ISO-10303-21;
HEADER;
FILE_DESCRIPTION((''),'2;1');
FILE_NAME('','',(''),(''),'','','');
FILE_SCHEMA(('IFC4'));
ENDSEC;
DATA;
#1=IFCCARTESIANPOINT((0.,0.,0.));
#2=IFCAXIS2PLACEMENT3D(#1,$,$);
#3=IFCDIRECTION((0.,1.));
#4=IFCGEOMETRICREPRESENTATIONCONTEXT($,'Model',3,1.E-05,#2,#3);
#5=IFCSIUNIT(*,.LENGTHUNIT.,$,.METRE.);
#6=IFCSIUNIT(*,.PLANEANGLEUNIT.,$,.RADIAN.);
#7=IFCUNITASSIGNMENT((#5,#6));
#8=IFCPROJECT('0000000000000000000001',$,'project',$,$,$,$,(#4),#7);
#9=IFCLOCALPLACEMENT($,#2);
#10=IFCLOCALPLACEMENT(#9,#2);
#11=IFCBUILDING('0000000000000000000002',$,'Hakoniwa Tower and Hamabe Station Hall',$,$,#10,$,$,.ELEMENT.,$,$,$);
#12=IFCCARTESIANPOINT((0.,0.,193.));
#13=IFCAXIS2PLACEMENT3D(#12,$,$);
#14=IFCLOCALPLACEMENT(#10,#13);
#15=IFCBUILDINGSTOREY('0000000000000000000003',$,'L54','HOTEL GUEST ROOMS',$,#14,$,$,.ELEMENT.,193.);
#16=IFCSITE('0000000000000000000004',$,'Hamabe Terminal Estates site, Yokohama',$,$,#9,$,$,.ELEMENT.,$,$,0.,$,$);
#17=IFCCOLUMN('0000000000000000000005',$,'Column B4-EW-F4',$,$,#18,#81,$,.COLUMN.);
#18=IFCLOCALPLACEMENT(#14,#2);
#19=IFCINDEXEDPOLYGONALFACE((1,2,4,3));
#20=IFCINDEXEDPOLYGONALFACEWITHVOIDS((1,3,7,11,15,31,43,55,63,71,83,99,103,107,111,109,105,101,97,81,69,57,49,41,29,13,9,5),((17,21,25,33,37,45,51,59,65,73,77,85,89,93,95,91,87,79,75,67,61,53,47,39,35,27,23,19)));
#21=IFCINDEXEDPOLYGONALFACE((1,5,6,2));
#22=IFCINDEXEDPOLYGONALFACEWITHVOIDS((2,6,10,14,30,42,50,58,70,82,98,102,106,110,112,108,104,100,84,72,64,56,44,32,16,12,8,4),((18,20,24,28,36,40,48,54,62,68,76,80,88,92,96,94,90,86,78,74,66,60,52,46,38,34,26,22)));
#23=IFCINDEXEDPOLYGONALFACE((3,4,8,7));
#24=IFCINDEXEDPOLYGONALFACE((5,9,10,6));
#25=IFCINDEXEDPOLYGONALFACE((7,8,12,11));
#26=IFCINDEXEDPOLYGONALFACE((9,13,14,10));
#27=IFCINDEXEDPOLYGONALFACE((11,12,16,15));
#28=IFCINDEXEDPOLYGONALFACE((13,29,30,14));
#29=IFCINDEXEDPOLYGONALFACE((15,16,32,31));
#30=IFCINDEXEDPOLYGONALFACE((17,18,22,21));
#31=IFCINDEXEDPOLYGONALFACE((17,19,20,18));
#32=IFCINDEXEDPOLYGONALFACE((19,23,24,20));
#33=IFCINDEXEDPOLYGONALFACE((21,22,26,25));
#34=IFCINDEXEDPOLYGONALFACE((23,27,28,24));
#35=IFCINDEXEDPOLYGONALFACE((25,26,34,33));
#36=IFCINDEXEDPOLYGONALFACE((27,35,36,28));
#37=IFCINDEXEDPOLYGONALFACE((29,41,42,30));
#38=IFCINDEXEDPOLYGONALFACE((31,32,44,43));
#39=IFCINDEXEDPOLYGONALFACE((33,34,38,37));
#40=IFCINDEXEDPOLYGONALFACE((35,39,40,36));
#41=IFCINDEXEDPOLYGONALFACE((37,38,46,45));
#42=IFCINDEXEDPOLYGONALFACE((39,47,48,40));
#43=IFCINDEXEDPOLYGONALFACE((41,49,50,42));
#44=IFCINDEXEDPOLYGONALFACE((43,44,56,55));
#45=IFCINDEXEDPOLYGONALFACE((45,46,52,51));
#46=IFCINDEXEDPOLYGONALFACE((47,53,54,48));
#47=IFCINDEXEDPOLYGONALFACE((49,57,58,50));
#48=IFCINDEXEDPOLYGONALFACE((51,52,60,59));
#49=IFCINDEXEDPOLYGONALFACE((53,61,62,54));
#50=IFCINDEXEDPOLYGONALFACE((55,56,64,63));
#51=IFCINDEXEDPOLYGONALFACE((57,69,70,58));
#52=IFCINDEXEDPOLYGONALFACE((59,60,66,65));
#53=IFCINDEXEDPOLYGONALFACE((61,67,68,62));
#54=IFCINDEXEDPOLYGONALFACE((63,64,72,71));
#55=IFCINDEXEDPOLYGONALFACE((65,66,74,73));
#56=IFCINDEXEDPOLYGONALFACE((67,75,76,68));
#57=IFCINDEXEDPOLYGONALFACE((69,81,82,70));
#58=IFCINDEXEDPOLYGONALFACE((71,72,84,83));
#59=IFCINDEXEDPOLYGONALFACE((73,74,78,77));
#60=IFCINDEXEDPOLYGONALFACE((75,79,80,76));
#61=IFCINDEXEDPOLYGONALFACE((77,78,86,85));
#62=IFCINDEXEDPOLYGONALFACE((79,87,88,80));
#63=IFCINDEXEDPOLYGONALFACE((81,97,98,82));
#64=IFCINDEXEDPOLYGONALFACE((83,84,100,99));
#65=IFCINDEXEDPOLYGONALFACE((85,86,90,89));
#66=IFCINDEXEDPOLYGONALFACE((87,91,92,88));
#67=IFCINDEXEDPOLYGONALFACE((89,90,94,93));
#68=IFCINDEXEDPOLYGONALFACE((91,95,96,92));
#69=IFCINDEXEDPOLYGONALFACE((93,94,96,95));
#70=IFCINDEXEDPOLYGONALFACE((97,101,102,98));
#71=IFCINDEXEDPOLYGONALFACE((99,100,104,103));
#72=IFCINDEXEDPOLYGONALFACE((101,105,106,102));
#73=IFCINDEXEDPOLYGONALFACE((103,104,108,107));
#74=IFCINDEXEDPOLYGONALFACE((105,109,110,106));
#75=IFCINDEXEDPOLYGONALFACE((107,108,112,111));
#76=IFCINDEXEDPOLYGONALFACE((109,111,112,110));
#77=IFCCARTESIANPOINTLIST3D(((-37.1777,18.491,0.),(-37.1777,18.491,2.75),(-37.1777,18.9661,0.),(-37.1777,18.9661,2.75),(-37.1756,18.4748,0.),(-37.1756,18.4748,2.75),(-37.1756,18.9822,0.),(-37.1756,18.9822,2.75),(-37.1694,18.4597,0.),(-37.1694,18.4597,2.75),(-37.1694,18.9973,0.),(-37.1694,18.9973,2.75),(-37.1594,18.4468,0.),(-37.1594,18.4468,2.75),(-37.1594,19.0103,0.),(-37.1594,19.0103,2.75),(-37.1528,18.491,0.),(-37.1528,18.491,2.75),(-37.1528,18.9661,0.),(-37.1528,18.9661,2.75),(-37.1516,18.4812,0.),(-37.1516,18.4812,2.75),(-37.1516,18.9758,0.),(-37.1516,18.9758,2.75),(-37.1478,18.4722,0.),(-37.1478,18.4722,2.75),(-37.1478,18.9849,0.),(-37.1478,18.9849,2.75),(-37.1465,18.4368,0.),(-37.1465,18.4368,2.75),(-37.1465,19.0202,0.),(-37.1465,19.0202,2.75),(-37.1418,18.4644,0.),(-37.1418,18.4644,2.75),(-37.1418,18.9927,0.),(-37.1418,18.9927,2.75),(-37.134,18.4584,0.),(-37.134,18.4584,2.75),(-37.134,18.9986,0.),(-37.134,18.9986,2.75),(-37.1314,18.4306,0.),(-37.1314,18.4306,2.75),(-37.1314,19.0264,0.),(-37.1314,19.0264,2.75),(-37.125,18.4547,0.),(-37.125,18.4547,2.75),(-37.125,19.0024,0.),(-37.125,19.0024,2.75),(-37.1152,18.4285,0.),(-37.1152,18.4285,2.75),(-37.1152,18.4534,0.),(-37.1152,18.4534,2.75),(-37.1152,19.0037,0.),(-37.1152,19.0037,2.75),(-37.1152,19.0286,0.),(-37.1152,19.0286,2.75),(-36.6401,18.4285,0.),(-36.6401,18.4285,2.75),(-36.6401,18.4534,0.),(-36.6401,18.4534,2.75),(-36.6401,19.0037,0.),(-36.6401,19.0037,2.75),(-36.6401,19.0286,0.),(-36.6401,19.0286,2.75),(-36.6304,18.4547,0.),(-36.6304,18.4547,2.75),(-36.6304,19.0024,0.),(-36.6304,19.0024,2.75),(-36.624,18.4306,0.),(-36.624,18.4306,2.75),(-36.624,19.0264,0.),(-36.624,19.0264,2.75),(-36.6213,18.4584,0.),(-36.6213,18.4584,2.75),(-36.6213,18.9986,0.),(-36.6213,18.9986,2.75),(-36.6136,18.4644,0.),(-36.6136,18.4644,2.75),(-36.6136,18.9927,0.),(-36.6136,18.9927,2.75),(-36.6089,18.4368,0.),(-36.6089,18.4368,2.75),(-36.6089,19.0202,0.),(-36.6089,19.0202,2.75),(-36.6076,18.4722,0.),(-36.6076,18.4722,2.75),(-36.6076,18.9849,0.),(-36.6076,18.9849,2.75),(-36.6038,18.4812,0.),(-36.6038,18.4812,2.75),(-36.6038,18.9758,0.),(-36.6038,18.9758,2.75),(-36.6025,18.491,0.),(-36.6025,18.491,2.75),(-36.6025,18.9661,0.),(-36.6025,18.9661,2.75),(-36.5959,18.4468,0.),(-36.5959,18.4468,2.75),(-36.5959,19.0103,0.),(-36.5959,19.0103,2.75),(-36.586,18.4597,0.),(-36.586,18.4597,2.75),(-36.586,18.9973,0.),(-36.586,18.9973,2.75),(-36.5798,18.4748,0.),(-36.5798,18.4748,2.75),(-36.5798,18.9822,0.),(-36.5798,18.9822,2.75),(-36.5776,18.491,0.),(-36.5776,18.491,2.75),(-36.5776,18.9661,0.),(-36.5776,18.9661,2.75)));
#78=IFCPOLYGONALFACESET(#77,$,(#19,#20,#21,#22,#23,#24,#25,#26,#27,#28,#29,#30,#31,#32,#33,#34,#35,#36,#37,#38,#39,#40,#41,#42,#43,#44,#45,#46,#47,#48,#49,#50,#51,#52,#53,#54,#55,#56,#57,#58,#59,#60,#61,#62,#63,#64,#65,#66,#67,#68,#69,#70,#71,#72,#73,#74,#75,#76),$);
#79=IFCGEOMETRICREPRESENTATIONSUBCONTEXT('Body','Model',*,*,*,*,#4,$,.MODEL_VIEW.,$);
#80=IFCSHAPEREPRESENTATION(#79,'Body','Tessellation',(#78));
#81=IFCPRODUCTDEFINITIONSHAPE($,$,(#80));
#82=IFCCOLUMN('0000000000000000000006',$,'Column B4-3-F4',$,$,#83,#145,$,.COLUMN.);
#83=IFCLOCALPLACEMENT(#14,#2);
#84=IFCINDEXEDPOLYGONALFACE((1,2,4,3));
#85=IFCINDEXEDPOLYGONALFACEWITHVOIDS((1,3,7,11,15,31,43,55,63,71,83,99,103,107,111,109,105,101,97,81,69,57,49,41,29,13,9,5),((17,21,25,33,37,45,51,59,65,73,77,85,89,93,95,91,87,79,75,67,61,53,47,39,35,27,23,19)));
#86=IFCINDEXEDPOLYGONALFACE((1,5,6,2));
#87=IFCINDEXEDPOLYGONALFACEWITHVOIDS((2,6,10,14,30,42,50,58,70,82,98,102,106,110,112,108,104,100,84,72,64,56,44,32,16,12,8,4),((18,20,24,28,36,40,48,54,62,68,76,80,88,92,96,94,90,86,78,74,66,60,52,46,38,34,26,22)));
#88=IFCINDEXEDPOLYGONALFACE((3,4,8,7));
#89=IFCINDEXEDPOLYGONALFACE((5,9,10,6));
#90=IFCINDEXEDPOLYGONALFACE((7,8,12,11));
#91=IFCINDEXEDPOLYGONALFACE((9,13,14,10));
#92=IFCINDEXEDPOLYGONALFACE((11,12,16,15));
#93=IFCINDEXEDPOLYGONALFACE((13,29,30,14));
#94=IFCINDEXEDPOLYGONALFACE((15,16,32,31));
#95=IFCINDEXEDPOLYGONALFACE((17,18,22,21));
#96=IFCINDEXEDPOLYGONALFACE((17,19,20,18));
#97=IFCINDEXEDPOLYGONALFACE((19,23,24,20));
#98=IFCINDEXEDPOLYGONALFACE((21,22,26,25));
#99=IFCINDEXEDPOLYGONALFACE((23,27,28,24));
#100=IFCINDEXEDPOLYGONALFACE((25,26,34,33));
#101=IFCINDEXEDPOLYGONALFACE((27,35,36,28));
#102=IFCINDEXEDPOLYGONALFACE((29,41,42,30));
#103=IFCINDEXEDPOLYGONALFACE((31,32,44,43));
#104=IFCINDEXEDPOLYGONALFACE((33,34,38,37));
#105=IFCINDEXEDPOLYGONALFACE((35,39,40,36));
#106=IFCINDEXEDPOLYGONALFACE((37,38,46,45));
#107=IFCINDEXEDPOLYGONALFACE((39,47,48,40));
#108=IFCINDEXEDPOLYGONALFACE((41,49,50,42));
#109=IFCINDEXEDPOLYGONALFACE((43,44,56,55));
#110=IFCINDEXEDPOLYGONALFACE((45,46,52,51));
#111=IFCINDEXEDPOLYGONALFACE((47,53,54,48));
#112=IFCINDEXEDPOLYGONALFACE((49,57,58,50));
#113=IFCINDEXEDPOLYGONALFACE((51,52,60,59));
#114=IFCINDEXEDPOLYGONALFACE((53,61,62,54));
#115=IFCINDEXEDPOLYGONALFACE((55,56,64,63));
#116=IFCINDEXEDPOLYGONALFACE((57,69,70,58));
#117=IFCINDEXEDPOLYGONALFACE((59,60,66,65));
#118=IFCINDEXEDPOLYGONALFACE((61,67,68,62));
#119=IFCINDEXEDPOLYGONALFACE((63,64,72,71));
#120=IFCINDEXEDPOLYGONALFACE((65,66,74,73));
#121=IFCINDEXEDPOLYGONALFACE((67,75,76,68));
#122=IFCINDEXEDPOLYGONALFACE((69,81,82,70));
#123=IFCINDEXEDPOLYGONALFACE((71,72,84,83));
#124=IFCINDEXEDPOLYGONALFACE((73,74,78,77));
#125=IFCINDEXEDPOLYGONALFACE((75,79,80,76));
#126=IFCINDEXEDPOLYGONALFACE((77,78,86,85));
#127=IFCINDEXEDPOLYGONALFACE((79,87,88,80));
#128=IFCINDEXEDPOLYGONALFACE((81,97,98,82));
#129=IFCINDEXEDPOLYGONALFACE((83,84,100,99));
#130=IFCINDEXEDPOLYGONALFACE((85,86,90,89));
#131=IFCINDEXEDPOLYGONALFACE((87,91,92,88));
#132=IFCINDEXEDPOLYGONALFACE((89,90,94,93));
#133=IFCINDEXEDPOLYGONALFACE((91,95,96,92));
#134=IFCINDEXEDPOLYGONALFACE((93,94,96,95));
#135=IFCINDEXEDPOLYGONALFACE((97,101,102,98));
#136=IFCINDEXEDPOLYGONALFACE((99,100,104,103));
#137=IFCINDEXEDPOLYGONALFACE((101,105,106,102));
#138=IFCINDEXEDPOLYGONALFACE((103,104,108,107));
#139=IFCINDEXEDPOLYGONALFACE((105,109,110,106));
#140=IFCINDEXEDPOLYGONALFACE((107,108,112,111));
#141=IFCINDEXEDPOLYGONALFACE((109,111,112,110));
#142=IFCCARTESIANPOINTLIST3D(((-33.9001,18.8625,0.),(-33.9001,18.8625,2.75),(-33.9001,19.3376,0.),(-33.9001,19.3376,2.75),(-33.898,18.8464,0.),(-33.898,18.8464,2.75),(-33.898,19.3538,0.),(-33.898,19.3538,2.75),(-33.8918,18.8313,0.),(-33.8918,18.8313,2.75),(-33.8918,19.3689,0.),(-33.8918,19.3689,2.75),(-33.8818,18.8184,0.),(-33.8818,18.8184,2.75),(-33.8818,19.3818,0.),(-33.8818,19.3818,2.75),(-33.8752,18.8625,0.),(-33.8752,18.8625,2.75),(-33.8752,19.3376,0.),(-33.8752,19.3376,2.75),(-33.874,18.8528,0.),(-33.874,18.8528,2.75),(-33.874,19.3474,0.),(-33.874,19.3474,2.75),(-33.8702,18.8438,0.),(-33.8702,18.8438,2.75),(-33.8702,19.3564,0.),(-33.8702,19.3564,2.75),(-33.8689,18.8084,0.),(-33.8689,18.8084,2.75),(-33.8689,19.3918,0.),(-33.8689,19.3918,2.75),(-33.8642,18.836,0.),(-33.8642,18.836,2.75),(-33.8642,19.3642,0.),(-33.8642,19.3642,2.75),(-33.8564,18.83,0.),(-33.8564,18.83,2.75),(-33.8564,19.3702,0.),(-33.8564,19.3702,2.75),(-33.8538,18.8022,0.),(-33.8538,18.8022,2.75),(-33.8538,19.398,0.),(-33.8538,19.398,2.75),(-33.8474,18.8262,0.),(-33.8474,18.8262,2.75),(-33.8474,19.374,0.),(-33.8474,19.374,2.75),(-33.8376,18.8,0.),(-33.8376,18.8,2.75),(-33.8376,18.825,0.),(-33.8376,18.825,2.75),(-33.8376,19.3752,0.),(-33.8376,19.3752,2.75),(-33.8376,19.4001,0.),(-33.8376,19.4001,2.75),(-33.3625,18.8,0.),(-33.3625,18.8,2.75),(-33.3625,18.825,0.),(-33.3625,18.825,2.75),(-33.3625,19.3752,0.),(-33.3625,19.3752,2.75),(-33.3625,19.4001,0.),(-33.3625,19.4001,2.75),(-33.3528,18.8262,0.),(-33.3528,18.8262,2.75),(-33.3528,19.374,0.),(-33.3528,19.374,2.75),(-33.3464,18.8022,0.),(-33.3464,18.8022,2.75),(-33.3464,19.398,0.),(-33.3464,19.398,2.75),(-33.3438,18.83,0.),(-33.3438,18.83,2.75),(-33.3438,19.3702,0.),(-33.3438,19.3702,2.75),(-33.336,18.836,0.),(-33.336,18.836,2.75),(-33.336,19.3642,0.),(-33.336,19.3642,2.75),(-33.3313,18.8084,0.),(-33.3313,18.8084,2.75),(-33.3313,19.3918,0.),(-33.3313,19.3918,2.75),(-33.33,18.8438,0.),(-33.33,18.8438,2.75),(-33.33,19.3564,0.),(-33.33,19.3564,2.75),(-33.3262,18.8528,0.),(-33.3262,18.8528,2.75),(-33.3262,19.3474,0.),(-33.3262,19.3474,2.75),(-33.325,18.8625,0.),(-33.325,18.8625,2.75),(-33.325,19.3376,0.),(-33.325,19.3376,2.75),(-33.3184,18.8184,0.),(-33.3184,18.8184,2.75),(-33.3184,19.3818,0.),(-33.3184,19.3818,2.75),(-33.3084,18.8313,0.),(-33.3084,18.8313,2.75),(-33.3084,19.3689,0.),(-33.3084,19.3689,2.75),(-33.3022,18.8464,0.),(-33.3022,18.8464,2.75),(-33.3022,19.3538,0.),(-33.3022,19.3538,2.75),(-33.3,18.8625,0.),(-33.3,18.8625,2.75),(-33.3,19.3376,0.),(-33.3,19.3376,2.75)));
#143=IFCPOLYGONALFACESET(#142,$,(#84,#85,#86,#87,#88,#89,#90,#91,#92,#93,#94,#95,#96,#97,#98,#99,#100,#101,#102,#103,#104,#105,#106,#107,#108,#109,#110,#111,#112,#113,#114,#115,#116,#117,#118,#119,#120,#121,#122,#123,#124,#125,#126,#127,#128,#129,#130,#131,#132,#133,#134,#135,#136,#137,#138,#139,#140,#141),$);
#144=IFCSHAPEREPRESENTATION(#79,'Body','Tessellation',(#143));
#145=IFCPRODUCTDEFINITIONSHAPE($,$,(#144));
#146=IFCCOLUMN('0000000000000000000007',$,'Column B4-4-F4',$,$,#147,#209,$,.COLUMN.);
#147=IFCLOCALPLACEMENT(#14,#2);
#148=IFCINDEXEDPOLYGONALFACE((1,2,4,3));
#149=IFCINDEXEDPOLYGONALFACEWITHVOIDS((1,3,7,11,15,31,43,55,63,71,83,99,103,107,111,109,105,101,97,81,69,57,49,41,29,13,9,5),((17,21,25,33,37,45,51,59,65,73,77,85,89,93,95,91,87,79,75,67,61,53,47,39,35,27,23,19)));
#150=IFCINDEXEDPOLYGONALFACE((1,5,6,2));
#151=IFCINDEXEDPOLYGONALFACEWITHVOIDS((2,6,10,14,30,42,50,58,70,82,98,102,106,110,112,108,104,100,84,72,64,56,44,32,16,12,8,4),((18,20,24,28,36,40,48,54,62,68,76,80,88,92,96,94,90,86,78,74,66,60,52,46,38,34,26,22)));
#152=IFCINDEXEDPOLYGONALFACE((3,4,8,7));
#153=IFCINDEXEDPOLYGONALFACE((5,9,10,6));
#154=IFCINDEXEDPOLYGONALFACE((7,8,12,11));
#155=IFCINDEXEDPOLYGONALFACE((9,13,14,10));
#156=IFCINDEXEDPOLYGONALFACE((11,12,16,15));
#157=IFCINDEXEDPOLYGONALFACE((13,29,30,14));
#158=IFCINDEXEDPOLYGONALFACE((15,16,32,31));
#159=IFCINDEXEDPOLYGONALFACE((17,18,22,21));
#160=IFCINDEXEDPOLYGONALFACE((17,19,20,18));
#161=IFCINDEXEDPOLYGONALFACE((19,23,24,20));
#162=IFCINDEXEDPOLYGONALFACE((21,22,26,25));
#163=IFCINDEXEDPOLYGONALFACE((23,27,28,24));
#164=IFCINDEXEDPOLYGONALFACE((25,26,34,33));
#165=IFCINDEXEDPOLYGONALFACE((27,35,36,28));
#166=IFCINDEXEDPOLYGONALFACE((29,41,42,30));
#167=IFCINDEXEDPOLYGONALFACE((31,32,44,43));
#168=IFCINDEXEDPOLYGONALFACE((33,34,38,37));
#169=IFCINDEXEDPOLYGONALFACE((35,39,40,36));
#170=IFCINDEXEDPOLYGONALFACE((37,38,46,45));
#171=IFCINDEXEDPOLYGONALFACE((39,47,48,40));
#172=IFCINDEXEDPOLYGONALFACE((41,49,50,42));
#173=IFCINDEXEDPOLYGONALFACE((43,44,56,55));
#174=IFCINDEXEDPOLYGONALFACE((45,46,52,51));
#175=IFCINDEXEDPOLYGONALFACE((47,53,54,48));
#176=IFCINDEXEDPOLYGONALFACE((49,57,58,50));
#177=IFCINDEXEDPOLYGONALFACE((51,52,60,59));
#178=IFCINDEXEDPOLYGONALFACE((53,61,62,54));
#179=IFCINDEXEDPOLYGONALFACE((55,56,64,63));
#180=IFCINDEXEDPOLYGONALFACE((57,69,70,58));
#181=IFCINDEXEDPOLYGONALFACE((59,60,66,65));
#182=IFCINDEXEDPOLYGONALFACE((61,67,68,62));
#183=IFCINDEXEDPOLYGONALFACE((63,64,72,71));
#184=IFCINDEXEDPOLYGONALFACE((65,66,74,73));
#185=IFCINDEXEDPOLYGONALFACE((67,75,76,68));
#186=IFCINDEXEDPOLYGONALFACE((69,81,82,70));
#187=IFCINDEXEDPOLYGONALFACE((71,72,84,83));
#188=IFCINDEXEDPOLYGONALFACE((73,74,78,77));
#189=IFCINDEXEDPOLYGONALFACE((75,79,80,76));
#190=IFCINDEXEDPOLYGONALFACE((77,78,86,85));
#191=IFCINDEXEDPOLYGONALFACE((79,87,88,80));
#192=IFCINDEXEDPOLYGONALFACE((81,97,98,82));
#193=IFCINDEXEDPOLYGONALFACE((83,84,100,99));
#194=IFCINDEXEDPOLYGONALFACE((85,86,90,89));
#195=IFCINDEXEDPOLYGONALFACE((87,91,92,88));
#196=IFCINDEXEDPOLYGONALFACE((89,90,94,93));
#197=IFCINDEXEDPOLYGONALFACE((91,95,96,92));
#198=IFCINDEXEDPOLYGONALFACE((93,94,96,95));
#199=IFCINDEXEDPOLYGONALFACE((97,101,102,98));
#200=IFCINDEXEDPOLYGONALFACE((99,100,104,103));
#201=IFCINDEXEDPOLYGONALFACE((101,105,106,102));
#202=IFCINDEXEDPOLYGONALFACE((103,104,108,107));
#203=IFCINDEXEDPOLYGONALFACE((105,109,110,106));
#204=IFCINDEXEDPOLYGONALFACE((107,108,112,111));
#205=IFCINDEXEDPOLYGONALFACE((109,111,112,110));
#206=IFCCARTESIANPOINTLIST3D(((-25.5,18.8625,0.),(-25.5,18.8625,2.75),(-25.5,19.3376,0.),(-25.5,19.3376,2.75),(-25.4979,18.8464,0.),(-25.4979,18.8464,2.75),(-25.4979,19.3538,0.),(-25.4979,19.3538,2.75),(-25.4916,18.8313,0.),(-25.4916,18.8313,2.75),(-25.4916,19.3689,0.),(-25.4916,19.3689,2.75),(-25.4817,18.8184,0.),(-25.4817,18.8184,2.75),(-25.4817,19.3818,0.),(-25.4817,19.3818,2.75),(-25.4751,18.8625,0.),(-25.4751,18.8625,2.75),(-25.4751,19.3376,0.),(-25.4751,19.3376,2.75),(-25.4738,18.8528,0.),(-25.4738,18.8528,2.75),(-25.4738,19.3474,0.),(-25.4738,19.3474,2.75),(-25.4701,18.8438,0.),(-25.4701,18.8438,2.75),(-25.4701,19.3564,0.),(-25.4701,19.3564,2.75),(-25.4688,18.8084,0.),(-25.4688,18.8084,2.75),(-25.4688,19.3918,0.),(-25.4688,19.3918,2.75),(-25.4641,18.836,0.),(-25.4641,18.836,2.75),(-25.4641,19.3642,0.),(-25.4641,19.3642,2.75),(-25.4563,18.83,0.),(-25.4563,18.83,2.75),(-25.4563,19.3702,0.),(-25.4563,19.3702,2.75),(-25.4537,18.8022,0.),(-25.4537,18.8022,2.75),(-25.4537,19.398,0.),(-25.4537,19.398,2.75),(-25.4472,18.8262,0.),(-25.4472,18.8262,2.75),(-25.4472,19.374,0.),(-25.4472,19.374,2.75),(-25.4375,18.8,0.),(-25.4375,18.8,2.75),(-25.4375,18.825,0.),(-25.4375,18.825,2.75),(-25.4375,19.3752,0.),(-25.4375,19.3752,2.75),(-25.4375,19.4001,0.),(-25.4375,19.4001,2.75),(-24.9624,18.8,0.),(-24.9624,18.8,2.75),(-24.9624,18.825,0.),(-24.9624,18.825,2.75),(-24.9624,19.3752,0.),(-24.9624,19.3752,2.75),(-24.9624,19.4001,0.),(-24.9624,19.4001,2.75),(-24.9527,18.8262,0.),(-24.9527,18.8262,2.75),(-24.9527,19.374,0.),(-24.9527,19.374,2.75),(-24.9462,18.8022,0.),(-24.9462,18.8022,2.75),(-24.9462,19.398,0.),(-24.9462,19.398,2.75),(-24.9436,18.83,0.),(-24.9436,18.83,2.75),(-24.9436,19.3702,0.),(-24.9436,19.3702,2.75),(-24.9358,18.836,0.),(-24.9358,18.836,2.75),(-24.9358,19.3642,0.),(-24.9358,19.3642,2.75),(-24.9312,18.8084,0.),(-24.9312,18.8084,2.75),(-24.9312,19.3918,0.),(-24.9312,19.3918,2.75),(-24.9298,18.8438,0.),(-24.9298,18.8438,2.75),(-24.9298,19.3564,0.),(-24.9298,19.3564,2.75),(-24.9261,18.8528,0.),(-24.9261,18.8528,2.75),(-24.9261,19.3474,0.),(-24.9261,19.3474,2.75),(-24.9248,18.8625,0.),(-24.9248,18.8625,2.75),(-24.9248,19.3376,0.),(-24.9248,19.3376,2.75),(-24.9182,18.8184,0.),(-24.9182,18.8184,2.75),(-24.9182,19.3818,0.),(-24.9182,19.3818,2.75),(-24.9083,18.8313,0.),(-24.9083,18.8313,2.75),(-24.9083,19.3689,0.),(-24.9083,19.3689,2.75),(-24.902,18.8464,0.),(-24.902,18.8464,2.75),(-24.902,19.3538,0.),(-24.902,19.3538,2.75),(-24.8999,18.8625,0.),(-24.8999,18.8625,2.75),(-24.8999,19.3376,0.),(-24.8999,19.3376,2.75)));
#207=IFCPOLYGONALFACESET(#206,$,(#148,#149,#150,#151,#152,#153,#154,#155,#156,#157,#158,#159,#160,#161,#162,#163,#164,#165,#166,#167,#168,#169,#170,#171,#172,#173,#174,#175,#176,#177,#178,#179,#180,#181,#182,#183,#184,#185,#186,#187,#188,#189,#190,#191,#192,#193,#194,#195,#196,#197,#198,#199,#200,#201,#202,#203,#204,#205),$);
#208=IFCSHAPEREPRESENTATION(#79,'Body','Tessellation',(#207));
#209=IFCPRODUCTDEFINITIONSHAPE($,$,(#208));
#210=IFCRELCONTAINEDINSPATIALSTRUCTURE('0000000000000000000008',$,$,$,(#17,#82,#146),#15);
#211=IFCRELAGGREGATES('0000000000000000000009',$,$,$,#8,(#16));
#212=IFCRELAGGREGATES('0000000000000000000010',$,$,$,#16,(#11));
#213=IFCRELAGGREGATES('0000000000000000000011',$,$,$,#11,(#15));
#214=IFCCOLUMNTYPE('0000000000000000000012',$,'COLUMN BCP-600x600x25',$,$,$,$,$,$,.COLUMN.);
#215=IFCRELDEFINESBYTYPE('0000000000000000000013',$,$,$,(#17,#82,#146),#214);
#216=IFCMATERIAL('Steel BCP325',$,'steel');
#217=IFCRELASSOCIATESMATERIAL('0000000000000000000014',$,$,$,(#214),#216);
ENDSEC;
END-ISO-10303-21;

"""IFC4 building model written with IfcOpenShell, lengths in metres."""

from ifc_helpers import new_model, si_unit, direction, frame, origin, origin_2d, place, context, subcontext, project, spatial, hollow_rectangle, extrude, material, material_profile, profile_set, type_object, element, save


model = new_model("IFC4")

# Units and contexts
model_context = context("Model", 3, precision=1e-05, world=origin(), true_north=direction((0.0, 1.0)))
body_context = subcontext(model_context, "Body", "Model", "MODEL_VIEW")
ifc_project = project(units=[si_unit("LENGTHUNIT", "METRE"), si_unit("PLANEANGLEUNIT", "RADIAN")], contexts=[model_context])

# Site, building, storey
site_placement = place(None, origin())
site = spatial("IfcSite", under=ifc_project, at=site_placement, Name="Hamabe Terminal Estates site, Yokohama", CompositionType="ELEMENT", RefElevation=0.0)
building_placement = place(site_placement, origin())
building = spatial("IfcBuilding", under=site, at=building_placement, Name="Hakoniwa Tower and Hamabe Station Hall", CompositionType="ELEMENT")
storey_placement = place(building_placement, frame((0.0, 0.0, 193.0)))
storey = spatial("IfcBuildingStorey", under=building, at=storey_placement, Name="L54", Description="HOTEL GUEST ROOMS", CompositionType="ELEMENT", Elevation=193.0)

# Columns
ifc_material_1 = material(Name="Steel BCP325", Category="steel")
ifc_material_profile_1 = material_profile(ifc_material_1, hollow_rectangle(XDim=0.6001, YDim=0.6001, WallThickness=0.0249, InnerFilletRadius=0.0376, OuterFilletRadius=0.0625, at=origin_2d()), Name="BCP-600x600x25")
ifc_profile_set_1 = profile_set([ifc_material_profile_1], Name="Steel BCP325")
column_type = type_object("IfcColumnType", Name="COLUMN BCP-600x600x25", PredefinedType="COLUMN", material=ifc_profile_set_1)
for number, where, z_axis, x_axis, name in (
    (1, (-36.8777, 18.7285, 0.0), (0.0, 0.0, 1.0), (1.0, 0.0, 0.0), "Column B4-EW-F4"),
    (2, (-33.6001, 19.1001, 0.0), (0.0, 0.0, 1.0), (1.0, 0.0, 0.0), "Column B4-3-F4"),
    (3, (-25.2, 19.1001, 0.0), (0.0, 0.0, 1.0), (1.0, 0.0, 0.0), "Column B4-4-F4"),
):
    element("IfcColumn", number, at=place(storey_placement, frame(where, z_axis=z_axis, x_axis=x_axis)), inside=storey, type_object=column_type, Name=name, PredefinedType="COLUMN", context=body_context, shape_type="SweptSolid", body=[
        extrude(hollow_rectangle(XDim=0.6001, YDim=0.6001, WallThickness=0.0249, InnerFilletRadius=0.0376, OuterFilletRadius=0.0625, at=origin_2d()), origin(), (0.0, 0.0, 1.0), 2.75),
    ])

save(model, "model.ifc")
